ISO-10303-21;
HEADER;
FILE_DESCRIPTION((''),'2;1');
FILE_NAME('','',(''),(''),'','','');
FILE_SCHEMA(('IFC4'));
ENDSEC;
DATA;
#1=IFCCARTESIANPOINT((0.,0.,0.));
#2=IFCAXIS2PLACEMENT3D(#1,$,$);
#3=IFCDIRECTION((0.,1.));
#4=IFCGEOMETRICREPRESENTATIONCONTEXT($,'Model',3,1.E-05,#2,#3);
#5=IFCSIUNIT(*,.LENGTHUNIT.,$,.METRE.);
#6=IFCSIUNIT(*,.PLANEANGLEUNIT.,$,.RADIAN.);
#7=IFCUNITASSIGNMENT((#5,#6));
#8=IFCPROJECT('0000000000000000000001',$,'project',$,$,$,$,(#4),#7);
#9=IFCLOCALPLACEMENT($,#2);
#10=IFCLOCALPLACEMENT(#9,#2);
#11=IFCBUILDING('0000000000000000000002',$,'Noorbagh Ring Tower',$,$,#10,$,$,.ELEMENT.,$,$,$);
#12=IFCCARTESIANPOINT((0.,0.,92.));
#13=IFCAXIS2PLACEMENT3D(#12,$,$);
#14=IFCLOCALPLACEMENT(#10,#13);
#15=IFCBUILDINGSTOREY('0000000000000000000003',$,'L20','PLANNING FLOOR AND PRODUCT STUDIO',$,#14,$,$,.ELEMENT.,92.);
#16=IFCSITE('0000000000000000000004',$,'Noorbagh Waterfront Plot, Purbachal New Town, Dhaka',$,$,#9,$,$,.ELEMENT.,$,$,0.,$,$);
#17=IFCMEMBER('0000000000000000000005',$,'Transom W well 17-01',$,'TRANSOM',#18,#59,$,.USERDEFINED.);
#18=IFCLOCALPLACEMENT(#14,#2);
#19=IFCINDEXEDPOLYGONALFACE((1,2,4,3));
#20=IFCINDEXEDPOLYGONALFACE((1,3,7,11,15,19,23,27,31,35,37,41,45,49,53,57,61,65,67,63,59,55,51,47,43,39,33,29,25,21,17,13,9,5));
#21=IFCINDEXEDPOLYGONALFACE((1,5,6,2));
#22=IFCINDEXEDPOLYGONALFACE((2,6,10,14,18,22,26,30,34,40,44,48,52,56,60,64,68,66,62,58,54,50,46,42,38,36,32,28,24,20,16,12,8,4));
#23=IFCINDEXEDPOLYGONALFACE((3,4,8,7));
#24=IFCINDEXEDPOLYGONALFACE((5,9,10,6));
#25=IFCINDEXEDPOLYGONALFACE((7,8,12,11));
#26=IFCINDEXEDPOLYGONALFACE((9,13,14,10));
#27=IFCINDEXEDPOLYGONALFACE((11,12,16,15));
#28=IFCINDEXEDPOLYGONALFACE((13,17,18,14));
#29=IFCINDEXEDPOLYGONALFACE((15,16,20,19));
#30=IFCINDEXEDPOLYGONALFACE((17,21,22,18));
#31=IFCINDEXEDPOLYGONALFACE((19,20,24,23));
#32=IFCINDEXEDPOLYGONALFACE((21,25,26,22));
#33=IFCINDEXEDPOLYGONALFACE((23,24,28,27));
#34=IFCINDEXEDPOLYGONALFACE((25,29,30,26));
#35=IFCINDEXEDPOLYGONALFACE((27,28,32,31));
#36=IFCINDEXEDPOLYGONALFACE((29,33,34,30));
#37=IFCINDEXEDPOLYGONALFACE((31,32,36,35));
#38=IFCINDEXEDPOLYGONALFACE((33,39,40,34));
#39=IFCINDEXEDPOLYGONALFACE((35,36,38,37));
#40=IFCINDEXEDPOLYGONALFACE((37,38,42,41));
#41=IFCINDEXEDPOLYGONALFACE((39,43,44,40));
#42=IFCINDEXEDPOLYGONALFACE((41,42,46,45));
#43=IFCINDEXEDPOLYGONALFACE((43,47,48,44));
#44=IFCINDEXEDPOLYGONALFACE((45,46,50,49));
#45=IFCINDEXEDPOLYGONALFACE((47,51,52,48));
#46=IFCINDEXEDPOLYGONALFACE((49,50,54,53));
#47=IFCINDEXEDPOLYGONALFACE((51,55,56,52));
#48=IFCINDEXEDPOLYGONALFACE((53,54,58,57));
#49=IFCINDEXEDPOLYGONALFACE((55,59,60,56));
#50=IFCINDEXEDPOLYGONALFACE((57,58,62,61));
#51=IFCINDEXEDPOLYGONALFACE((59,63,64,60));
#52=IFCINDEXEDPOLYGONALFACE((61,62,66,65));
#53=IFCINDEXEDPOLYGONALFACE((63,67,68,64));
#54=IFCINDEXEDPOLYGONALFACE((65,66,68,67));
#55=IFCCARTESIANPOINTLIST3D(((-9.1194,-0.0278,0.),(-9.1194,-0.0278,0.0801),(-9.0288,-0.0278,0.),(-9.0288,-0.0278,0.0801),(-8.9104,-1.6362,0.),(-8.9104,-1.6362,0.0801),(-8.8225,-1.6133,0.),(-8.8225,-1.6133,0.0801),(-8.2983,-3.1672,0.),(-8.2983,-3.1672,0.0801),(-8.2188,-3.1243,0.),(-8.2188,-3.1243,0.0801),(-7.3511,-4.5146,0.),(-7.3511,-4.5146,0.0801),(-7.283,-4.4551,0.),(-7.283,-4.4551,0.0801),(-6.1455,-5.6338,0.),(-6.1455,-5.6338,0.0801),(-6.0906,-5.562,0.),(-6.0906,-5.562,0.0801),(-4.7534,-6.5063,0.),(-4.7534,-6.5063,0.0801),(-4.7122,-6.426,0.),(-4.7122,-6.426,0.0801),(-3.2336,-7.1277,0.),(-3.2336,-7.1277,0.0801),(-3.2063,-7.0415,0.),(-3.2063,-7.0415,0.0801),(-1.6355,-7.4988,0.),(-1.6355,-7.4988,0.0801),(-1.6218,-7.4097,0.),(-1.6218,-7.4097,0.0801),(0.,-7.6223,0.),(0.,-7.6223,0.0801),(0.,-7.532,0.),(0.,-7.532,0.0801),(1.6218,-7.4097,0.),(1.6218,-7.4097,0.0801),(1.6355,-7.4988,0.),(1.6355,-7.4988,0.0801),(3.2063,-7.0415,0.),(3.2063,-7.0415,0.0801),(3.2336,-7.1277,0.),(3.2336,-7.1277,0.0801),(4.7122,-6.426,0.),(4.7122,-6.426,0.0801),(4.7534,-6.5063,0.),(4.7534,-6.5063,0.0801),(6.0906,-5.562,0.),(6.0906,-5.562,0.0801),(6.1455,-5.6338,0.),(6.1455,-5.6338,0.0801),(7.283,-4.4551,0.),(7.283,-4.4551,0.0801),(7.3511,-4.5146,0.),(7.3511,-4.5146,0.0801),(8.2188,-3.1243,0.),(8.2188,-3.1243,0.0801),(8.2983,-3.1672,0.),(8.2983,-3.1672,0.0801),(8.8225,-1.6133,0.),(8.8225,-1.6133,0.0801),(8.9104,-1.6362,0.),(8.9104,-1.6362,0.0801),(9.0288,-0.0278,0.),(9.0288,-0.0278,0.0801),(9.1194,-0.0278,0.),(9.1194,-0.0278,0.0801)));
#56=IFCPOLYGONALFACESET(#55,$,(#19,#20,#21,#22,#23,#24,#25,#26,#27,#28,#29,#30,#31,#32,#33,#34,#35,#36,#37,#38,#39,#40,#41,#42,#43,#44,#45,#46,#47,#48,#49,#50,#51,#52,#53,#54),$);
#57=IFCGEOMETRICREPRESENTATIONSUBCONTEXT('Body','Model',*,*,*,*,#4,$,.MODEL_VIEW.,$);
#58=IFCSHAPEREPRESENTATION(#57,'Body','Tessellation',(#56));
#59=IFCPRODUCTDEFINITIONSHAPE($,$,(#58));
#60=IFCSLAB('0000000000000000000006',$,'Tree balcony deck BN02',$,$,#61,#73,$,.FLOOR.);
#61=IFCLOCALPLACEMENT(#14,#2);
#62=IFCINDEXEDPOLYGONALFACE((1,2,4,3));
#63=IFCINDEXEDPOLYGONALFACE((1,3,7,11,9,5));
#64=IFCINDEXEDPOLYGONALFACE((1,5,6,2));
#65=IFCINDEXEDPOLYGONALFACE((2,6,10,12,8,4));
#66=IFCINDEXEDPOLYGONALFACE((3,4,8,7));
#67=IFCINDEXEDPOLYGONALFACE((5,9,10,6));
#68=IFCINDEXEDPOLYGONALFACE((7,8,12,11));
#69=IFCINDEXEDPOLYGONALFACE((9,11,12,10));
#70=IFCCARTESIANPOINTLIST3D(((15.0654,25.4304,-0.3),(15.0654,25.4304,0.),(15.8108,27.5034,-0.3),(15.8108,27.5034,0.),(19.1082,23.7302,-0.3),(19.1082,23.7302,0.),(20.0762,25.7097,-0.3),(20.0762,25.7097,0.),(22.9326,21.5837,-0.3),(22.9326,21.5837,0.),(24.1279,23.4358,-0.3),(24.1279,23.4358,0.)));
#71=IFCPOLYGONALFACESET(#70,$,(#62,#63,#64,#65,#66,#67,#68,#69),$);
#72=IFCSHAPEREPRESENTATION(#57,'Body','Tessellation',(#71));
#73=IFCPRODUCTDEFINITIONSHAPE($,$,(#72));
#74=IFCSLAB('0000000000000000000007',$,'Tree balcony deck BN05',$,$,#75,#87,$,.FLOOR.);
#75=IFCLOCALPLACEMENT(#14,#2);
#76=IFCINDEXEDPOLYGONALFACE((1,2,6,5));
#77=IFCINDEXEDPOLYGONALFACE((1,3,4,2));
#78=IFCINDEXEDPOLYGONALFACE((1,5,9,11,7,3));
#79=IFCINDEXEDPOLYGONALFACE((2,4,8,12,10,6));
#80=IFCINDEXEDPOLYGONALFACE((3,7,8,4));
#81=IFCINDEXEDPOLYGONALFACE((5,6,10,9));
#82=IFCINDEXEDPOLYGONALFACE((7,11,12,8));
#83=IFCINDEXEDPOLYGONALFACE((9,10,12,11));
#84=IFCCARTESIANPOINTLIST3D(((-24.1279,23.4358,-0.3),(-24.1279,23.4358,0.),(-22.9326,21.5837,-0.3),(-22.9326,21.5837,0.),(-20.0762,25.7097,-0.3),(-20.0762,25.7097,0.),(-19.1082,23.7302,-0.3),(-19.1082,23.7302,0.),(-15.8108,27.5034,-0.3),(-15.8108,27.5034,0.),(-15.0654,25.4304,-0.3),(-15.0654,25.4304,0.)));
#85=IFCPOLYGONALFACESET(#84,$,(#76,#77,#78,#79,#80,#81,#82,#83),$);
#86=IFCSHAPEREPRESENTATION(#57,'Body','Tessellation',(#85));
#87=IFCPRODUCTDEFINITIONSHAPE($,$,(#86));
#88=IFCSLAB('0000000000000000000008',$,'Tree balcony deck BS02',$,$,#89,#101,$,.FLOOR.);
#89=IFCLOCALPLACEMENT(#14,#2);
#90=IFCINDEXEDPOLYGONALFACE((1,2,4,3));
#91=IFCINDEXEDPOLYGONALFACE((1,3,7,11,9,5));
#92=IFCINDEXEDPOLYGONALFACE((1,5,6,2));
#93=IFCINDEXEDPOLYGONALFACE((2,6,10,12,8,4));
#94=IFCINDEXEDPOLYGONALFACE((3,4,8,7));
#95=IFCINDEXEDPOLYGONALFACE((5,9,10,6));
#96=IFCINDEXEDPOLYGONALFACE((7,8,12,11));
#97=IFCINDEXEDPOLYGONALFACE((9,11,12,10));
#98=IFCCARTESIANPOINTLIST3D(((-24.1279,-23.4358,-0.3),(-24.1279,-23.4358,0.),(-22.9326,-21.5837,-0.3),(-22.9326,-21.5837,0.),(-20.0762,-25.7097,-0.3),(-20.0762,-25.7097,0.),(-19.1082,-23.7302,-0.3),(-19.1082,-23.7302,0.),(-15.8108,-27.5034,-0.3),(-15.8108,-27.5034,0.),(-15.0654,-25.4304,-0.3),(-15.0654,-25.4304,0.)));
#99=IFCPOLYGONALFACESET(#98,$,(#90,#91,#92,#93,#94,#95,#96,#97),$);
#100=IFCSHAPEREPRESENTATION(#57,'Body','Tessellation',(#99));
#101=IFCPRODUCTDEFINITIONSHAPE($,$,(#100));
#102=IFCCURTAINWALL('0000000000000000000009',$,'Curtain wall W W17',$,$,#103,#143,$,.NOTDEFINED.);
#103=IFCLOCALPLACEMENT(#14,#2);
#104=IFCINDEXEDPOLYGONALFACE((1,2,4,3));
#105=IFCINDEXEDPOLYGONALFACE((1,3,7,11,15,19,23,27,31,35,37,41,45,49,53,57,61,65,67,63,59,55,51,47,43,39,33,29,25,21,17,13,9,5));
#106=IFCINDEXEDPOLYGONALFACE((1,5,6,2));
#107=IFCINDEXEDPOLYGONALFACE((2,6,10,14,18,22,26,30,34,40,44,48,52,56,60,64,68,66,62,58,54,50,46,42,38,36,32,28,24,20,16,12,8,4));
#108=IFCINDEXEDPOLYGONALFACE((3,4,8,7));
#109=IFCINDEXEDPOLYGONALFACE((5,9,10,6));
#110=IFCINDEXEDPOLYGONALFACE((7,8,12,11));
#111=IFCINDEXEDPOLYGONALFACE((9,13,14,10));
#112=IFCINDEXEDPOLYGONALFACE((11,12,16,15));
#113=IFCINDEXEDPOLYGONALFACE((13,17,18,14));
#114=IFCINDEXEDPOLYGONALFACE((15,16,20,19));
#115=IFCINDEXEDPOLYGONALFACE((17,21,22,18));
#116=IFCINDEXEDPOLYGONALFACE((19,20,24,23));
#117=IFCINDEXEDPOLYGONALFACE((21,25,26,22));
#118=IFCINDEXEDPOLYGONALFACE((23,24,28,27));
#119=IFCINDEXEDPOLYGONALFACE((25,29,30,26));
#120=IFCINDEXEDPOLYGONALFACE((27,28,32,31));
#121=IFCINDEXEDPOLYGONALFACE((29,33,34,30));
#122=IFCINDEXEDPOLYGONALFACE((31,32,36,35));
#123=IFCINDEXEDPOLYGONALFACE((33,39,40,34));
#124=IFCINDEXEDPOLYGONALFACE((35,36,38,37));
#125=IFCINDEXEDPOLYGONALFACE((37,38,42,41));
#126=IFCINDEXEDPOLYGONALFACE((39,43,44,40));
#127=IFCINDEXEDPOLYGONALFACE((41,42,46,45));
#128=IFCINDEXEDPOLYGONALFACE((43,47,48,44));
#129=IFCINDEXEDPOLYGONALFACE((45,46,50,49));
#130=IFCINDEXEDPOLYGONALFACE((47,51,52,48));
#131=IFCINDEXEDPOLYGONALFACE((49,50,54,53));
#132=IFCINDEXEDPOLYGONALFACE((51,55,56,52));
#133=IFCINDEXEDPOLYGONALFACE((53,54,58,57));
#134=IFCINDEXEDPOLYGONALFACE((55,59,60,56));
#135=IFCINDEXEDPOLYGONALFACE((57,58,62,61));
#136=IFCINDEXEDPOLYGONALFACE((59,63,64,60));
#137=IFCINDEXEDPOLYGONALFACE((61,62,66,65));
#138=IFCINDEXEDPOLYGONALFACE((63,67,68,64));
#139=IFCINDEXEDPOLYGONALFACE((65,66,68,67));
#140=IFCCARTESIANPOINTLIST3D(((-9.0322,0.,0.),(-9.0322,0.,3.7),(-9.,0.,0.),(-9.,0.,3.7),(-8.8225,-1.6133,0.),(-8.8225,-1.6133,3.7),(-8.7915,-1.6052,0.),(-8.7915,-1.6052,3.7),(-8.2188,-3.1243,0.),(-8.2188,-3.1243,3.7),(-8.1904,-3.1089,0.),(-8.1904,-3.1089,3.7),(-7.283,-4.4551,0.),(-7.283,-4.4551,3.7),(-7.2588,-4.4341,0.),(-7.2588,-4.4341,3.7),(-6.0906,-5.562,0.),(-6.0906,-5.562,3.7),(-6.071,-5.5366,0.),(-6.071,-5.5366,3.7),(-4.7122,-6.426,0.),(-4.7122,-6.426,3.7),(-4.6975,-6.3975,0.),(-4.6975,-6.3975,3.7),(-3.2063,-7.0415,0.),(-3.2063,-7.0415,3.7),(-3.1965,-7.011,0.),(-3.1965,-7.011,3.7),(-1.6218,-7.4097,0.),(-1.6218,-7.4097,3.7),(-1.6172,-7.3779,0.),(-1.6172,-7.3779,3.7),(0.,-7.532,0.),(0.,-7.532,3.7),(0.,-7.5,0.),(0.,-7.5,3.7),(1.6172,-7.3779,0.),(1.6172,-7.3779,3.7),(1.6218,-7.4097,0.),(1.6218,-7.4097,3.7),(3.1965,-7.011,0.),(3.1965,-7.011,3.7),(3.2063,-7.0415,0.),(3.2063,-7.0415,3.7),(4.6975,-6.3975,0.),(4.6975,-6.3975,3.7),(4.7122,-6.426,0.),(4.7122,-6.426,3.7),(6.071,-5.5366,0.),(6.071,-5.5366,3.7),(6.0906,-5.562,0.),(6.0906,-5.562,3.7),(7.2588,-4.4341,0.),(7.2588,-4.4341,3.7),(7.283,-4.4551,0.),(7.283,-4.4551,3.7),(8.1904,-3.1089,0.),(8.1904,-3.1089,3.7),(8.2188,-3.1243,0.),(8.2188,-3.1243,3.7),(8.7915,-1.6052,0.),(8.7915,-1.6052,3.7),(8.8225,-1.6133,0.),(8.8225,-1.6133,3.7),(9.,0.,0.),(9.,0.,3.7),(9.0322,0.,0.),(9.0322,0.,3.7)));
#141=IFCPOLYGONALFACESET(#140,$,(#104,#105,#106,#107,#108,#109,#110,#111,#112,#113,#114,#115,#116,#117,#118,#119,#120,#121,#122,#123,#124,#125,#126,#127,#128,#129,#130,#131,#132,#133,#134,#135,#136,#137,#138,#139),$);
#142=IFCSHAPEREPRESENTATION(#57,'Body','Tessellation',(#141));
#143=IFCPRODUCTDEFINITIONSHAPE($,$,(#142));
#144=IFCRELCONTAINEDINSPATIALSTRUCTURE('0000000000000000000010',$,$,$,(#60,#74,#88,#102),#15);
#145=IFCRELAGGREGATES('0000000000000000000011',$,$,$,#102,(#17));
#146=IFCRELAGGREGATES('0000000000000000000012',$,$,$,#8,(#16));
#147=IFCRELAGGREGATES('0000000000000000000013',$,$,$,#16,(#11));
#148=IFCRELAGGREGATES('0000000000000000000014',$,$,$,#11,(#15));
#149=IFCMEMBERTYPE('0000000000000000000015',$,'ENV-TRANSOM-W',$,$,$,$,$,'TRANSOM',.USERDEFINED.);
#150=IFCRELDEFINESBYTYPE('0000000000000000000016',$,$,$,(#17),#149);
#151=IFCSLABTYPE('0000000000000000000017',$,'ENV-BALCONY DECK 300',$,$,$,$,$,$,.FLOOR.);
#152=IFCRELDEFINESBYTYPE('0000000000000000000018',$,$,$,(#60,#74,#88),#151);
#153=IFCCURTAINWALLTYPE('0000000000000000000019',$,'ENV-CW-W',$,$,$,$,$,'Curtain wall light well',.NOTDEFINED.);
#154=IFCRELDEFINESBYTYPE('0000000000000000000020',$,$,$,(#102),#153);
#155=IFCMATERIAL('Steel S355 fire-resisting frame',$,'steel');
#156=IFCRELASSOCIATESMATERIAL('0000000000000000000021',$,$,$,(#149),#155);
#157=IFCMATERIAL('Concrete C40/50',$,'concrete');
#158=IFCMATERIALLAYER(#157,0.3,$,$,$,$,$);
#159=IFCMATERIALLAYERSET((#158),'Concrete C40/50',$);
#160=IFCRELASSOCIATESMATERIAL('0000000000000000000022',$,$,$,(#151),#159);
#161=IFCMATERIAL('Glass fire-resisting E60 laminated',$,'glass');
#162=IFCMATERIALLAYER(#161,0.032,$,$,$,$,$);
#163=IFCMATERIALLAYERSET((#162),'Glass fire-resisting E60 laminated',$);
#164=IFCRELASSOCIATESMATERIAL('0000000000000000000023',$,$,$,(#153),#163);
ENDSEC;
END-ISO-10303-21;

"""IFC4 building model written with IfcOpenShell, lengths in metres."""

from ifc_helpers import new_model, si_unit, direction, frame, origin, place, context, subcontext, project, spatial, polyline, outline, extrude, material, layer, layer_set, type_object, element, aggregate, save


model = new_model("IFC4")

# Units and contexts
model_context = context("Model", 3, precision=1e-05, world=origin(), true_north=direction((0.0, 1.0)))
body_context = subcontext(model_context, "Body", "Model", "MODEL_VIEW")
ifc_project = project(units=[si_unit("LENGTHUNIT", "METRE"), si_unit("PLANEANGLEUNIT", "RADIAN")], contexts=[model_context])

# Member
site_placement = place(None, origin())
building_placement = place(site_placement, origin())
storey_placement = place(building_placement, frame((0.0, 0.0, 92.0)))
ifc_material_1 = material(Name="Steel S355 fire-resisting frame", Category="steel")
member_type_1 = type_object("IfcMemberType", Name="ENV-TRANSOM-W", ElementType="TRANSOM", PredefinedType="USERDEFINED", material=ifc_material_1)
member_1_placement = place(storey_placement, origin())
member_1 = element("IfcMember", 1, at=member_1_placement, type_object=member_type_1, Name="Transom W well 17-01", ObjectType="TRANSOM", PredefinedType="USERDEFINED", context=body_context, shape_type="SweptSolid", body=[
    extrude(outline(polyline([(-9.1194, -0.0278), (-8.9104, -1.6362), (-8.2983, -3.1672), (-7.3511, -4.5146), (-6.1455, -5.6338), (-4.7534, -6.5063), (-3.2336, -7.1277), (-1.6355, -7.4988), (0.0, -7.6223), (1.6355, -7.4988), (3.2336, -7.1277), (4.7534, -6.5063), (6.1455, -5.6338), (7.3511, -4.5146), (8.2983, -3.1672), (8.9104, -1.6362), (9.1194, -0.0278), (9.0288, -0.0278), (8.8225, -1.6133), (8.2188, -3.1243), (7.283, -4.4551), (6.0906, -5.562), (4.7122, -6.426), (3.2063, -7.0415), (1.6218, -7.4097), (0.0, -7.532), (-1.6218, -7.4097), (-3.2063, -7.0415), (-4.7122, -6.426), (-6.0906, -5.562), (-7.283, -4.4551), (-8.2188, -3.1243), (-8.8225, -1.6133), (-9.0288, -0.0278), (-9.1194, -0.0278)])), origin(), (0.0, 0.0, 1.0), 0.0801),
])

# Site, building, storey
site = spatial("IfcSite", under=ifc_project, at=site_placement, Name="Noorbagh Waterfront Plot, Purbachal New Town, Dhaka", CompositionType="ELEMENT", RefElevation=0.0)
building = spatial("IfcBuilding", under=site, at=building_placement, Name="Noorbagh Ring Tower", CompositionType="ELEMENT")
storey = spatial("IfcBuildingStorey", under=building, at=storey_placement, Name="L20", Description="PLANNING FLOOR AND PRODUCT STUDIO", CompositionType="ELEMENT", Elevation=92.0)

# Slabs
ifc_material_2 = material(Name="Concrete C40/50", Category="concrete")
ifc_layer_1 = layer(ifc_material_2, 0.3)
ifc_layer_set_1 = layer_set([ifc_layer_1], Name="Concrete C40/50")
slab_type = type_object("IfcSlabType", Name="ENV-BALCONY DECK 300", PredefinedType="FLOOR", material=ifc_layer_set_1)
slab_1_placement = place(storey_placement, frame((0.0, 0.0, -0.3)))
element("IfcSlab", 2, at=slab_1_placement, inside=storey, type_object=slab_type, Name="Tree balcony deck BN02", PredefinedType="FLOOR", context=body_context, shape_type="SweptSolid", body=[
    extrude(outline(polyline([(24.1279, 23.4358), (20.0762, 25.7097), (15.8108, 27.5034), (15.0654, 25.4304), (19.1082, 23.7302), (22.9326, 21.5837), (24.1279, 23.4358)])), origin(), (0.0, 0.0, 1.0), 0.3),
])
slab_2_placement = place(storey_placement, frame((0.0, 0.0, -0.3)))
element("IfcSlab", 3, at=slab_2_placement, inside=storey, type_object=slab_type, Name="Tree balcony deck BN05", PredefinedType="FLOOR", context=body_context, shape_type="SweptSolid", body=[
    extrude(outline(polyline([(-15.8108, 27.5034), (-20.0762, 25.7097), (-24.1279, 23.4358), (-22.9326, 21.5837), (-19.1082, 23.7302), (-15.0654, 25.4304), (-15.8108, 27.5034)])), origin(), (0.0, 0.0, 1.0), 0.3),
])
slab_3_placement = place(storey_placement, frame((0.0, 0.0, -0.3)))
element("IfcSlab", 4, at=slab_3_placement, inside=storey, type_object=slab_type, Name="Tree balcony deck BS02", PredefinedType="FLOOR", context=body_context, shape_type="SweptSolid", body=[
    extrude(outline(polyline([(-24.1279, -23.4358), (-20.0762, -25.7097), (-15.8108, -27.5034), (-15.0654, -25.4304), (-19.1082, -23.7302), (-22.9326, -21.5837), (-24.1279, -23.4358)])), origin(), (0.0, 0.0, 1.0), 0.3),
])

# Curtain wall
ifc_material_3 = material(Name="Glass fire-resisting E60 laminated", Category="glass")
ifc_layer_2 = layer(ifc_material_3, 0.032)
ifc_layer_set_2 = layer_set([ifc_layer_2], Name="Glass fire-resisting E60 laminated")
curtain_wall_type = type_object("IfcCurtainWallType", Name="ENV-CW-W", ElementType="Curtain wall light well", PredefinedType="NOTDEFINED", material=ifc_layer_set_2)
curtain_wall_1_placement = place(storey_placement, origin())
curtain_wall_1 = element("IfcCurtainWall", 5, at=curtain_wall_1_placement, inside=storey, type_object=curtain_wall_type, Name="Curtain wall W W17", PredefinedType="NOTDEFINED", context=body_context, shape_type="SweptSolid", body=[
    extrude(outline(polyline([(-9.0322, 0.0), (-8.8225, -1.6133), (-8.2188, -3.1243), (-7.283, -4.4551), (-6.0906, -5.562), (-4.7122, -6.426), (-3.2063, -7.0415), (-1.6218, -7.4097), (0.0, -7.532), (1.6218, -7.4097), (3.2063, -7.0415), (4.7122, -6.426), (6.0906, -5.562), (7.283, -4.4551), (8.2188, -3.1243), (8.8225, -1.6133), (9.0322, 0.0), (9.0, 0.0), (8.7915, -1.6052), (8.1904, -3.1089), (7.2588, -4.4341), (6.071, -5.5366), (4.6975, -6.3975), (3.1965, -7.011), (1.6172, -7.3779), (0.0, -7.5), (-1.6172, -7.3779), (-3.1965, -7.011), (-4.6975, -6.3975), (-6.071, -5.5366), (-7.2588, -4.4341), (-8.1904, -3.1089), (-8.7915, -1.6052), (-9.0, 0.0), (-9.0322, 0.0)])), origin(), (0.0, 0.0, 1.0), 3.7),
])
aggregate(curtain_wall_1, [member_1])

save(model, "model.ifc")
